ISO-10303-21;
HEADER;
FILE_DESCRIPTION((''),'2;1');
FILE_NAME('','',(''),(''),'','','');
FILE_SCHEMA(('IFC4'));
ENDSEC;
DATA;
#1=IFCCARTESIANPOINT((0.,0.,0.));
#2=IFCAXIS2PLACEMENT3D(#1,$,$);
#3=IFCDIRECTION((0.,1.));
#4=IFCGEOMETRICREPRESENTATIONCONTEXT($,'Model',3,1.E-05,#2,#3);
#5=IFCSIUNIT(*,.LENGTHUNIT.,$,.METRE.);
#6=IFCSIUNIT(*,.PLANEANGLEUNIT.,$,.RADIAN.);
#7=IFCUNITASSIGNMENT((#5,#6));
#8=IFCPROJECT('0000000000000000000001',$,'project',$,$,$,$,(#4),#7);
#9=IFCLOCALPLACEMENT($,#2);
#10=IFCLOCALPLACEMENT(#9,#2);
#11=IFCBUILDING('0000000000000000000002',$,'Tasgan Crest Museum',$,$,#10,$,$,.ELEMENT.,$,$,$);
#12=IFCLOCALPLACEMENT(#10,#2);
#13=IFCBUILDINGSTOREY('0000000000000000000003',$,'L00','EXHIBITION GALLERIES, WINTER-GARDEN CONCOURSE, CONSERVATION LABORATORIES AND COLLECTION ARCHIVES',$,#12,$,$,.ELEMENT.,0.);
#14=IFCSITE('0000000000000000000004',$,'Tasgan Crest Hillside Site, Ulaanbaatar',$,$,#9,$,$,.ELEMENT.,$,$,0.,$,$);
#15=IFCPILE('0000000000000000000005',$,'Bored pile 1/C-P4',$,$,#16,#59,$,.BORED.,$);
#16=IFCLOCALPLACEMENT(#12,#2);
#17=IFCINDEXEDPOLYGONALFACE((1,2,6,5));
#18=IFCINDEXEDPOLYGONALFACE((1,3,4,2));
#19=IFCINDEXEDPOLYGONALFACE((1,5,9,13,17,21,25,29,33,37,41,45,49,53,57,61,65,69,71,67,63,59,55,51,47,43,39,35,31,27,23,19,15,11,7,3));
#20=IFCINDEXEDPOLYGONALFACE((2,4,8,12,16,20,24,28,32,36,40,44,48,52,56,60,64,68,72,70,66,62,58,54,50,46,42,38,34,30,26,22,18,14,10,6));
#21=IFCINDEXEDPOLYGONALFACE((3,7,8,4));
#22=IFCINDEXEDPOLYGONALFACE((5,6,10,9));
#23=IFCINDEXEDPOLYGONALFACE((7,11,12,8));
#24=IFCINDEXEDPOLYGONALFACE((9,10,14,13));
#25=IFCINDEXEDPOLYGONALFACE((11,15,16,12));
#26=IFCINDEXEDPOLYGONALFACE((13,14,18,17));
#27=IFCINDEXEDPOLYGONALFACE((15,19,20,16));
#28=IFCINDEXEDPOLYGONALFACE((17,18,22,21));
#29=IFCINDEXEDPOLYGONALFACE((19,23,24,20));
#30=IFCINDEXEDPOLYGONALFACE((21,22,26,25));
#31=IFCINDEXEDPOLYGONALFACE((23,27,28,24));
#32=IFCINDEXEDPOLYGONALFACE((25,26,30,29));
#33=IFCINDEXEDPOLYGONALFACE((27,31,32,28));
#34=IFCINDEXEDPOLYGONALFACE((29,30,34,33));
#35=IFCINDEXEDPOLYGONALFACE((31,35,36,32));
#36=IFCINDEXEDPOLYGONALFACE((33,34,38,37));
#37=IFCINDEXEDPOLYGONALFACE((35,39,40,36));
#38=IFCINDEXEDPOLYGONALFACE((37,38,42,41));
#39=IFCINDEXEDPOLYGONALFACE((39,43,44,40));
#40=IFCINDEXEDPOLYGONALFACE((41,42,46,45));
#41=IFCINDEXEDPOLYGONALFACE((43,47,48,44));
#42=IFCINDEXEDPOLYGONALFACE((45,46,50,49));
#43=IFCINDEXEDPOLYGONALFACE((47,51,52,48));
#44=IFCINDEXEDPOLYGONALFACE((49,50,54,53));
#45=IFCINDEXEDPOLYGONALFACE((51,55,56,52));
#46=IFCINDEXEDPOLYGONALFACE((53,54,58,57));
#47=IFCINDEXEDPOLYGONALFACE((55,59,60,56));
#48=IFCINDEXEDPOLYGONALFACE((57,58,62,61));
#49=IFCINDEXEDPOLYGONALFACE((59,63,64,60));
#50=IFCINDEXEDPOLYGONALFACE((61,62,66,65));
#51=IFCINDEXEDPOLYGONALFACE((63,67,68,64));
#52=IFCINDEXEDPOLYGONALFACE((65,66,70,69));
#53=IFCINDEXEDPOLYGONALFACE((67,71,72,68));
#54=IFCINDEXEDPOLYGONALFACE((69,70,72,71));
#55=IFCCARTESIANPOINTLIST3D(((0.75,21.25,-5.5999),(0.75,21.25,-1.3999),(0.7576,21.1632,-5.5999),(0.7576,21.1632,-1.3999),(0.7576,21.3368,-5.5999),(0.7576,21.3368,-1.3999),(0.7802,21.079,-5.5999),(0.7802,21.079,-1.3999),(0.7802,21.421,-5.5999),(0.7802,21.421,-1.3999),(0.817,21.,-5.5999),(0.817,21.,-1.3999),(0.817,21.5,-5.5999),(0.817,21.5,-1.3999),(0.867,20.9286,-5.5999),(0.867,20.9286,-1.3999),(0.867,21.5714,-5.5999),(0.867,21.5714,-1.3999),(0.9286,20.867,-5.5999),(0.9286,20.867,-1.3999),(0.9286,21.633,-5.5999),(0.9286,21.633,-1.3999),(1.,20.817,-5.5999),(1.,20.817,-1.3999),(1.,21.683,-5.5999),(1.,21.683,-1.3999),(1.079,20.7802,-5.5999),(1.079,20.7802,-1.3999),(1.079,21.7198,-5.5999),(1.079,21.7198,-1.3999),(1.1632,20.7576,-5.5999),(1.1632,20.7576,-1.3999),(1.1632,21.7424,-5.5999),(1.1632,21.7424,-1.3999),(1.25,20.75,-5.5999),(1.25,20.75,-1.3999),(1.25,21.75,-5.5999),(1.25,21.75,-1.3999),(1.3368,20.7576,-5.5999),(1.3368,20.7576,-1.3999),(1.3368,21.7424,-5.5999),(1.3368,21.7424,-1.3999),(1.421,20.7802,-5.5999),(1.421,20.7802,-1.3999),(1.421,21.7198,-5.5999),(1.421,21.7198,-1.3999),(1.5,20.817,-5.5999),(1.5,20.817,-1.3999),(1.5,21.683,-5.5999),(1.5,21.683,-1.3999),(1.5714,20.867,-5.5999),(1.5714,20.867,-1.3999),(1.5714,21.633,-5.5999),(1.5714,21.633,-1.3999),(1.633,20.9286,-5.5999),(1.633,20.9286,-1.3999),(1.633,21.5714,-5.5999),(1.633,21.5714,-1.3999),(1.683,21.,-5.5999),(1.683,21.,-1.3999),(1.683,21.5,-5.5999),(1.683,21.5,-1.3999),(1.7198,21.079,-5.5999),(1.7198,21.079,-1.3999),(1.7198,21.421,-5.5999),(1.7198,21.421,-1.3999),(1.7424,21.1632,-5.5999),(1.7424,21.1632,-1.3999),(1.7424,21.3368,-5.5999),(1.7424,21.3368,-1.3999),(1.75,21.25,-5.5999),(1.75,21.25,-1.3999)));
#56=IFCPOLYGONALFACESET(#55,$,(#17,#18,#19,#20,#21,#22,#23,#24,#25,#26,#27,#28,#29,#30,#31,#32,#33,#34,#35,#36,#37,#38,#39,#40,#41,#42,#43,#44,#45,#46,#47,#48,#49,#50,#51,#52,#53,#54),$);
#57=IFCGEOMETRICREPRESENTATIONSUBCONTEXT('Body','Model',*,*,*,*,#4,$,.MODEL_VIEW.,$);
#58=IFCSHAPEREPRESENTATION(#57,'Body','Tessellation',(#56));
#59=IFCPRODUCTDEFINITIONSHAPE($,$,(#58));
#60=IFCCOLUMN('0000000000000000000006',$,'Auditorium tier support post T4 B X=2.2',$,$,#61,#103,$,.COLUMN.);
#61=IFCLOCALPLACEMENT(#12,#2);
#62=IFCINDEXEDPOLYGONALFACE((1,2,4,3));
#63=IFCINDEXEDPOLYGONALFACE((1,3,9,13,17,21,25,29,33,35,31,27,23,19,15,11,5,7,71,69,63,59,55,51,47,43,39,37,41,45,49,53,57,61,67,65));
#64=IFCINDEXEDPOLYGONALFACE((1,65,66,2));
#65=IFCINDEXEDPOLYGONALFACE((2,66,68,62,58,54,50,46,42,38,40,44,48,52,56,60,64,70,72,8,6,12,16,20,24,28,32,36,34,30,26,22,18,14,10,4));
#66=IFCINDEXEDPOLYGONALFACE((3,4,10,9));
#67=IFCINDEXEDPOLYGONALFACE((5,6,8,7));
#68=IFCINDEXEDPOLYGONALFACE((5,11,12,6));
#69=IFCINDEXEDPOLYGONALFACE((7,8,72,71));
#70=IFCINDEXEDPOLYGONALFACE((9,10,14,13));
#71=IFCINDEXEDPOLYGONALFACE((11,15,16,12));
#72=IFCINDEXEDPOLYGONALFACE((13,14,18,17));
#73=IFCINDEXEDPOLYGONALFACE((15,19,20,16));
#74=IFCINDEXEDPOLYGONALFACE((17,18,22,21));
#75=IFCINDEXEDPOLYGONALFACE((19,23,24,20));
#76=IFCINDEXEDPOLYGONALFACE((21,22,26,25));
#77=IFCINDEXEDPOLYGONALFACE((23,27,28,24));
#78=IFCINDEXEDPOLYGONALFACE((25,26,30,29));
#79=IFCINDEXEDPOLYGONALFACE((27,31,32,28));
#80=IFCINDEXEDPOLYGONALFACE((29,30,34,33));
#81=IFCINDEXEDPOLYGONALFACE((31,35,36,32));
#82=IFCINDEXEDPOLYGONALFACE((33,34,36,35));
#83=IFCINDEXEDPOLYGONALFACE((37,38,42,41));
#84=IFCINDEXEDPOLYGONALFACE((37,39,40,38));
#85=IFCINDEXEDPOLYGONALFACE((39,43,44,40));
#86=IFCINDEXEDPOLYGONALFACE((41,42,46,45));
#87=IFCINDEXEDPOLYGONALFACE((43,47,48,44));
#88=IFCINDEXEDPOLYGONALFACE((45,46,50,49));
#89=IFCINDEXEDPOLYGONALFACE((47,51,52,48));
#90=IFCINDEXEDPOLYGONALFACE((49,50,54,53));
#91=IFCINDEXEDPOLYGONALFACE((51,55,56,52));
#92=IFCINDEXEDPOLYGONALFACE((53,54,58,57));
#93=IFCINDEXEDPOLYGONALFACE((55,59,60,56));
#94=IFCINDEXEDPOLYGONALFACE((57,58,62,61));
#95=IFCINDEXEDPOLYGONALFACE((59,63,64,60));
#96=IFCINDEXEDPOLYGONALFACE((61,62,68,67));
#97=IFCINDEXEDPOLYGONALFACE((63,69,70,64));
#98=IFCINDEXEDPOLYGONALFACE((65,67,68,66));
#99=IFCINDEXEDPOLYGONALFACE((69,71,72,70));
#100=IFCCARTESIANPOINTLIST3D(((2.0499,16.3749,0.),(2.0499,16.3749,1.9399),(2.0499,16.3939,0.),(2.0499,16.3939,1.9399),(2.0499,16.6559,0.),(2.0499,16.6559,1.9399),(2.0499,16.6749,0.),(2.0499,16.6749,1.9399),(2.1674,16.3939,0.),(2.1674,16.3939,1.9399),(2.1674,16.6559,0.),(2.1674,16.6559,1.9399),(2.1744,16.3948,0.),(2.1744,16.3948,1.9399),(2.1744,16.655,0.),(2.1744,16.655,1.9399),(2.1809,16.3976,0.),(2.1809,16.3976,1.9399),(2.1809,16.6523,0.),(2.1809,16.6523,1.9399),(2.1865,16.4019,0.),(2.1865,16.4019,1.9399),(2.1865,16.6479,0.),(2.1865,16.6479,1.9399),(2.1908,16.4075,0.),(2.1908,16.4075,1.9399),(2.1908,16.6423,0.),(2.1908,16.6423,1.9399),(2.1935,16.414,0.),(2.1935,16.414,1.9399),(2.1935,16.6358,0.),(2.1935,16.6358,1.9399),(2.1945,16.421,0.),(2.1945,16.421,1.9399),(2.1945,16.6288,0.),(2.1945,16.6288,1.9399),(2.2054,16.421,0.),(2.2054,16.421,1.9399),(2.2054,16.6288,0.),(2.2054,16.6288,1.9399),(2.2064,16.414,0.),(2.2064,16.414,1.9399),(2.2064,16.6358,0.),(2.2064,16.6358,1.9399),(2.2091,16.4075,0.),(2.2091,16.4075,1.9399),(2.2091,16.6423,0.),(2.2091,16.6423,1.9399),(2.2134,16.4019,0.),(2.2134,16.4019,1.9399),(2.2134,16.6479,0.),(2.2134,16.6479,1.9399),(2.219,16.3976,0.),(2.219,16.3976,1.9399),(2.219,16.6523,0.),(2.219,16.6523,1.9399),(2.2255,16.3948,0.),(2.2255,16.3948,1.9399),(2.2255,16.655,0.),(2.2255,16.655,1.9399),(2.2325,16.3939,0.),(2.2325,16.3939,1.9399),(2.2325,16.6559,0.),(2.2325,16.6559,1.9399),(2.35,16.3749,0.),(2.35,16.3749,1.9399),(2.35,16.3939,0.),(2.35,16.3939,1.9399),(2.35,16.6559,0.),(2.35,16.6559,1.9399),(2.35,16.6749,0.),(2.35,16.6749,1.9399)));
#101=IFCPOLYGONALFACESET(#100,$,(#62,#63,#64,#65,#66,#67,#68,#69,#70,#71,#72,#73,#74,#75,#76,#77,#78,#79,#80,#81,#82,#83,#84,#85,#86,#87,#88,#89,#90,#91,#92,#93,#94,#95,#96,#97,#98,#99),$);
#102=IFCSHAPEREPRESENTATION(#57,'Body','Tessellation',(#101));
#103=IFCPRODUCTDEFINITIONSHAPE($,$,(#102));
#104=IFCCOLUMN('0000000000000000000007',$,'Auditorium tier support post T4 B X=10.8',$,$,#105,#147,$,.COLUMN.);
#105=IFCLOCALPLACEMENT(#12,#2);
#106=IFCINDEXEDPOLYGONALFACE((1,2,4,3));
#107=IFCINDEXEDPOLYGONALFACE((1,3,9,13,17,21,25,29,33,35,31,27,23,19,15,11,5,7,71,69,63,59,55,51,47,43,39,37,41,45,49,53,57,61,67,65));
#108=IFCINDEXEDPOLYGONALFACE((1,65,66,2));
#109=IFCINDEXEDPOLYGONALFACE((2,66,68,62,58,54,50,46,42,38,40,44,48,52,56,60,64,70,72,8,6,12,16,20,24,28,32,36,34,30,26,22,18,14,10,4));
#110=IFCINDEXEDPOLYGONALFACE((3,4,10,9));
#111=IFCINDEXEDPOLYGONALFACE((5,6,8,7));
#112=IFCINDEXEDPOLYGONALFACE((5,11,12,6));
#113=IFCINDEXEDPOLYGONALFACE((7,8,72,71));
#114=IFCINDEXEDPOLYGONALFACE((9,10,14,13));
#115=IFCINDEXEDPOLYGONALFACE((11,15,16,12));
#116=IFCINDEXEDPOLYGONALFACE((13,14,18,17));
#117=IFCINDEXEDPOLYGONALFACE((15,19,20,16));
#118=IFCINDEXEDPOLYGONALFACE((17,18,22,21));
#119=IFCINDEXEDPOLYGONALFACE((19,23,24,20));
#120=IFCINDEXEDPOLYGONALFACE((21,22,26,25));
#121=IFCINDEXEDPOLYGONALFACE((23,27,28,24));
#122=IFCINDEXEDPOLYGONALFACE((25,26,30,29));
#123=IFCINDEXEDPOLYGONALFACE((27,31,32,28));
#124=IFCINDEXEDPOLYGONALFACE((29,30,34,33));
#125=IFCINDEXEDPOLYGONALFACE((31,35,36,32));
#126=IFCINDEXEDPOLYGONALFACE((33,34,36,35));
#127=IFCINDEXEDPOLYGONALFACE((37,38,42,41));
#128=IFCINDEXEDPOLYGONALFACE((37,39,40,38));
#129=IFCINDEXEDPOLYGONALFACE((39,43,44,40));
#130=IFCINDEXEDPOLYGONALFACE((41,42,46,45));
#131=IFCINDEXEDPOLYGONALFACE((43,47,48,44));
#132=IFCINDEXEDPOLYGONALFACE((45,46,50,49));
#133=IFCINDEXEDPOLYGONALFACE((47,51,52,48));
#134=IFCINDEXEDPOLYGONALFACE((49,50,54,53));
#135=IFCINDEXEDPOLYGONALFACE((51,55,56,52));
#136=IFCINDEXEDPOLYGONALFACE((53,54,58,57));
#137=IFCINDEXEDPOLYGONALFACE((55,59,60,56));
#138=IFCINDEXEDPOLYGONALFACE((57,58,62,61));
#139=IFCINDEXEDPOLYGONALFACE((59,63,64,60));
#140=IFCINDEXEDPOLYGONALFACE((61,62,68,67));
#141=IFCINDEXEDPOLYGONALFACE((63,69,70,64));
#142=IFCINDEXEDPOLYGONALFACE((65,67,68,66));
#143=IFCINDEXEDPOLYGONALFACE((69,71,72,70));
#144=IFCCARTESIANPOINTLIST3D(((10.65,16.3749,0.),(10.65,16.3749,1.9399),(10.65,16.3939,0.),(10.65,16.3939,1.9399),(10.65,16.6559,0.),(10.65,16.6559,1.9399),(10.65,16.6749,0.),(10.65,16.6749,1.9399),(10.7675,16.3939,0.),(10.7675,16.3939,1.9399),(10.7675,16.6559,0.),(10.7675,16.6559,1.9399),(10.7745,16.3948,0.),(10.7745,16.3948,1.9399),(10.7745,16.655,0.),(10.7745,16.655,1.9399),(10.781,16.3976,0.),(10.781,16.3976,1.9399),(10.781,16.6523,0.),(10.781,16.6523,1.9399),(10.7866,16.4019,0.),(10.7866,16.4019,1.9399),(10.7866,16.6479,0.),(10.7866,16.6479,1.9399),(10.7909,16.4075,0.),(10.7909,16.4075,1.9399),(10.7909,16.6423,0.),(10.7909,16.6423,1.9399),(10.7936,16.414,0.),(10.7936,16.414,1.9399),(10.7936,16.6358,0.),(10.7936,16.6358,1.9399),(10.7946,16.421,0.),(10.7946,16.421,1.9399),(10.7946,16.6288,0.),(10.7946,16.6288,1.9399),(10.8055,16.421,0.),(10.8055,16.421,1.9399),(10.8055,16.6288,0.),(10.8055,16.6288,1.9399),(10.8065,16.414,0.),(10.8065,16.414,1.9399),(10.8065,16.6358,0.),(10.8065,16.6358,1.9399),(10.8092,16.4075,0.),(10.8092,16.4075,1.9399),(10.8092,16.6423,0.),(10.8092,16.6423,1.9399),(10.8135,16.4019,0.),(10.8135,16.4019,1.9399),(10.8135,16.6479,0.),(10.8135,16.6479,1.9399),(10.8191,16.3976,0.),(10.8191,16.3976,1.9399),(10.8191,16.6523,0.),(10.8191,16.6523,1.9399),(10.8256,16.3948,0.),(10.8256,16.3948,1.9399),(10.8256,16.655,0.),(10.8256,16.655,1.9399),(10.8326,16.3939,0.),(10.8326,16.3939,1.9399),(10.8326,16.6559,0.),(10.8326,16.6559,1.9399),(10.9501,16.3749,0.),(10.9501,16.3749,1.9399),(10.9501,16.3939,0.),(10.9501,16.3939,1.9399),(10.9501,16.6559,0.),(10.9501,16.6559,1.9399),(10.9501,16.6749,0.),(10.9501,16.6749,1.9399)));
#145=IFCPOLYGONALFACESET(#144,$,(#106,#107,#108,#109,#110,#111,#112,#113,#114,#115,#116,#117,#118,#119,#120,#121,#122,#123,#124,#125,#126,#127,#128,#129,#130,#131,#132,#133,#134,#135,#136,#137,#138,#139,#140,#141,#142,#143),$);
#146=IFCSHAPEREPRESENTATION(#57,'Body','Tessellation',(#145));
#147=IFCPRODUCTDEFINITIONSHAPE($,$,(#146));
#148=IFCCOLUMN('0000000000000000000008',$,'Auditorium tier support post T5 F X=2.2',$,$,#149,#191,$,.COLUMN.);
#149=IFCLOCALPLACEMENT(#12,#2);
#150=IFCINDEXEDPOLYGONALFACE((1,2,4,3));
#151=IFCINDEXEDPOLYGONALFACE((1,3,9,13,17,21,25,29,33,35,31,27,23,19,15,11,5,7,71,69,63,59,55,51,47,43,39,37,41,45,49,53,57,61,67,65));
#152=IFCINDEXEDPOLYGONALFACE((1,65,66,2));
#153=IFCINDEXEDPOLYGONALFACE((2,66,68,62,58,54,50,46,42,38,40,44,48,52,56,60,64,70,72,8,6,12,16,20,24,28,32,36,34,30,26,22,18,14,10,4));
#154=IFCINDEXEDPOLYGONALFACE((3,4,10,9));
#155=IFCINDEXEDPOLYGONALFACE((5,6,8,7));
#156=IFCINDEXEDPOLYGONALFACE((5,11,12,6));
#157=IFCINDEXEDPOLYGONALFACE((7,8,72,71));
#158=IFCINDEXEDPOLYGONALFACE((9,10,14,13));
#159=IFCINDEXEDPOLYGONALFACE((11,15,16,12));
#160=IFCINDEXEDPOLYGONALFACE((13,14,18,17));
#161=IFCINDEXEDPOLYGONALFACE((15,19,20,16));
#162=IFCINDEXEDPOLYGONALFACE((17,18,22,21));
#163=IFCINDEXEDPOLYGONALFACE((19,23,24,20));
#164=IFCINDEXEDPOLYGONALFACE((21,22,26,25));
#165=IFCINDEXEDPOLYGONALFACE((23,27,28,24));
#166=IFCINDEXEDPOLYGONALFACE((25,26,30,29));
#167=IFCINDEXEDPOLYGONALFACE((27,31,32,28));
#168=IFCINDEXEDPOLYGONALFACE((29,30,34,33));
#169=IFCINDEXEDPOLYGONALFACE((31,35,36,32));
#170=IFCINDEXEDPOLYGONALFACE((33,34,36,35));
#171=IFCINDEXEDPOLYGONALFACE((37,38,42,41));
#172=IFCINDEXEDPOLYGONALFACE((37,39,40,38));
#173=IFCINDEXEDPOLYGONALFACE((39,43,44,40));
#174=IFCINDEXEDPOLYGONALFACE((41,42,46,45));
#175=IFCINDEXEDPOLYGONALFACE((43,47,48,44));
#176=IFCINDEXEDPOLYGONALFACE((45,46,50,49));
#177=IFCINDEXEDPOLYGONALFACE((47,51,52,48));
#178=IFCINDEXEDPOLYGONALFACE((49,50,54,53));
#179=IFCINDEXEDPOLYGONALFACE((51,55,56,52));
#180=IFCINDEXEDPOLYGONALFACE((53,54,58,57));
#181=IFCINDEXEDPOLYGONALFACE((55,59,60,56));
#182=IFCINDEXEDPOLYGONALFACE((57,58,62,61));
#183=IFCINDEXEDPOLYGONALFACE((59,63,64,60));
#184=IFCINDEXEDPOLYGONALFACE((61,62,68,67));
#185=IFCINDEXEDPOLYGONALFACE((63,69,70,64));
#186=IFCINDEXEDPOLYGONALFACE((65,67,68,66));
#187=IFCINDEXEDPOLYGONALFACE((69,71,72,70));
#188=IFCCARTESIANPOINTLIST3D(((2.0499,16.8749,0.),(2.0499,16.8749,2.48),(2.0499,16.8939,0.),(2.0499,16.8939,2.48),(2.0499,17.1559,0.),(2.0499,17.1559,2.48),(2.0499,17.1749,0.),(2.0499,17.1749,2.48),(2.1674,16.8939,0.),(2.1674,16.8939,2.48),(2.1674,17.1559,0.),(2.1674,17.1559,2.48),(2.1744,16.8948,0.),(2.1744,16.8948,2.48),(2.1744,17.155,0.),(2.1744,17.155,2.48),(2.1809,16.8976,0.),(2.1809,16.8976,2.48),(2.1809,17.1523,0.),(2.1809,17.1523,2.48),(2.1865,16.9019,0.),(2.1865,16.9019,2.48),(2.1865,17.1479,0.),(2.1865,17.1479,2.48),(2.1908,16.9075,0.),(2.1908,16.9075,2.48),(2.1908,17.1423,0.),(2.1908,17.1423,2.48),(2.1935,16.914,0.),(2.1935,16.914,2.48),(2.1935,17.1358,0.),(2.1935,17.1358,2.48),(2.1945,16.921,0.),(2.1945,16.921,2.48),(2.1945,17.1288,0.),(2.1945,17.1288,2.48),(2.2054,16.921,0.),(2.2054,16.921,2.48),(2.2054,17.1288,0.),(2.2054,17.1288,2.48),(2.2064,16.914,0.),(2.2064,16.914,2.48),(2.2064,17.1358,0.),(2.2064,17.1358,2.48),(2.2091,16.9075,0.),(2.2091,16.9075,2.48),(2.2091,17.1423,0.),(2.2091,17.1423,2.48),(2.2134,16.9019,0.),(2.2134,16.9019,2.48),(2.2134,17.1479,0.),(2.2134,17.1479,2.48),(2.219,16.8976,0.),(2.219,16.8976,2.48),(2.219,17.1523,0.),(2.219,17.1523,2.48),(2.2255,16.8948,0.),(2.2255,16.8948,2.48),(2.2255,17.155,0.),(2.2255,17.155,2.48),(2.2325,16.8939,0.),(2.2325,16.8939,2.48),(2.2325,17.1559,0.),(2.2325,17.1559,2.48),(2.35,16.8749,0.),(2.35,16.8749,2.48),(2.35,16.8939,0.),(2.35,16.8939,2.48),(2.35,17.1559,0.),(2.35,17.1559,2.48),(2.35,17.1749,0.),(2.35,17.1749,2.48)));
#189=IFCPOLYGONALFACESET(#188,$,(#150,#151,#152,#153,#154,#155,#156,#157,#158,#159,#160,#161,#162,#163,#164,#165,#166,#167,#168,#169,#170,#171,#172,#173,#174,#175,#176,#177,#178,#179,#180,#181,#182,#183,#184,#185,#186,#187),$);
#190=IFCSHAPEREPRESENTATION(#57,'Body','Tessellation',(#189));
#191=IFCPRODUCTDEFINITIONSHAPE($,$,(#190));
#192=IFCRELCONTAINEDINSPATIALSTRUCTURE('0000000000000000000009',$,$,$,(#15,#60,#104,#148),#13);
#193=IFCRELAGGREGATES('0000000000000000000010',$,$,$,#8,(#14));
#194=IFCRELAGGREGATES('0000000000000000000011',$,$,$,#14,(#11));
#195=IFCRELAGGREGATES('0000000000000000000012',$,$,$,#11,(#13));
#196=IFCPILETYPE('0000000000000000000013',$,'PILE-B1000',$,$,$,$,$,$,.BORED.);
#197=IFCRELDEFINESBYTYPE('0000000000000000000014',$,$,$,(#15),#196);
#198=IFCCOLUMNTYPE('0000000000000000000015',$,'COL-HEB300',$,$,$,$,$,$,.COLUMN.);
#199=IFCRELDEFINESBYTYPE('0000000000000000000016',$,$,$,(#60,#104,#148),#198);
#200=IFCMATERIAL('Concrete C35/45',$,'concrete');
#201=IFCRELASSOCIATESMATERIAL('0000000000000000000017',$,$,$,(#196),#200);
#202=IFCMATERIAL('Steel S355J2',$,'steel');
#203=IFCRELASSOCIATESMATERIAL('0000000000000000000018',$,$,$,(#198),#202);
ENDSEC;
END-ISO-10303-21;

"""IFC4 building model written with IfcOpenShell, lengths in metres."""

from ifc_helpers import new_model, si_unit, direction, frame, origin, origin_2d, place, context, subcontext, project, spatial, circle, i_section, extrude, material, material_profile, profile_set, type_object, element, save


model = new_model("IFC4")

# Units and contexts
model_context = context("Model", 3, precision=1e-05, world=origin(), true_north=direction((0.0, 1.0)))
body_context = subcontext(model_context, "Body", "Model", "MODEL_VIEW")
ifc_project = project(units=[si_unit("LENGTHUNIT", "METRE"), si_unit("PLANEANGLEUNIT", "RADIAN")], contexts=[model_context])

# Site, building, storey
site_placement = place(None, origin())
site = spatial("IfcSite", under=ifc_project, at=site_placement, Name="Tasgan Crest Hillside Site, Ulaanbaatar", CompositionType="ELEMENT", RefElevation=0.0)
building_placement = place(site_placement, origin())
building = spatial("IfcBuilding", under=site, at=building_placement, Name="Tasgan Crest Museum", CompositionType="ELEMENT")
storey_placement = place(building_placement, origin())
storey = spatial("IfcBuildingStorey", under=building, at=storey_placement, Name="L00", Description="EXHIBITION GALLERIES, WINTER-GARDEN CONCOURSE, CONSERVATION LABORATORIES AND COLLECTION ARCHIVES", CompositionType="ELEMENT", Elevation=0.0)

# Pile
ifc_material_1 = material(Name="Concrete C35/45", Category="concrete")
ifc_material_profile_1 = material_profile(ifc_material_1, circle(Radius=0.5, at=origin_2d()), Name="PILE D1000")
ifc_profile_set_1 = profile_set([ifc_material_profile_1], Name="Concrete C35/45")
pile_type = type_object("IfcPileType", Name="PILE-B1000", PredefinedType="BORED", material=ifc_profile_set_1)
for number, where, z_axis, x_axis, name in (
    (1, (1.25, 21.25, -1.3999), (0.0, 0.0, -1.0), (1.0, 0.0, 0.0), "Bored pile 1/C-P4"),
):
    element("IfcPile", number, at=place(storey_placement, frame(where, z_axis=z_axis, x_axis=x_axis)), inside=storey, type_object=pile_type, Name=name, PredefinedType="BORED", context=body_context, shape_type="SweptSolid", body=[
        extrude(circle(Radius=0.5, at=origin_2d()), origin(), (0.0, 0.0, 1.0), 4.2),
    ])

# Columns
ifc_material_2 = material(Name="Steel S355J2", Category="steel")
ifc_material_profile_2 = material_profile(ifc_material_2, i_section(OverallWidth=0.3, OverallDepth=0.3, WebThickness=0.011, FlangeThickness=0.019, FilletRadius=0.0271, at=origin_2d()), Name="HEB 300")
ifc_profile_set_2 = profile_set([ifc_material_profile_2], Name="Steel S355J2")
column_type_1 = type_object("IfcColumnType", Name="COL-HEB300", PredefinedType="COLUMN", material=ifc_profile_set_2)
for number, where, z_axis, x_axis, name in (
    (2, (2.2, 16.5249, 0.0), (0.0, 0.0, 1.0), (1.0, 0.0, 0.0), "Auditorium tier support post T4 B X=2.2"),
    (3, (10.8, 16.5249, 0.0), (0.0, 0.0, 1.0), (1.0, 0.0, 0.0), "Auditorium tier support post T4 B X=10.8"),
):
    element("IfcColumn", number, at=place(storey_placement, frame(where, z_axis=z_axis, x_axis=x_axis)), inside=storey, type_object=column_type_1, Name=name, PredefinedType="COLUMN", context=body_context, shape_type="SweptSolid", body=[
        extrude(i_section(OverallWidth=0.3, OverallDepth=0.3, WebThickness=0.011, FlangeThickness=0.019, FilletRadius=0.0271, at=origin_2d()), origin(), (0.0, 0.0, 1.0), 1.9399),
    ])
for number, where, z_axis, x_axis, name in (
    (4, (2.2, 17.0249, 0.0), (0.0, 0.0, 1.0), (1.0, 0.0, 0.0), "Auditorium tier support post T5 F X=2.2"),
):
    element("IfcColumn", number, at=place(storey_placement, frame(where, z_axis=z_axis, x_axis=x_axis)), inside=storey, type_object=column_type_1, Name=name, PredefinedType="COLUMN", context=body_context, shape_type="SweptSolid", body=[
        extrude(i_section(OverallWidth=0.3, OverallDepth=0.3, WebThickness=0.011, FlangeThickness=0.019, FilletRadius=0.0271, at=origin_2d()), origin(), (0.0, 0.0, 1.0), 2.48),
    ])

save(model, "model.ifc")
